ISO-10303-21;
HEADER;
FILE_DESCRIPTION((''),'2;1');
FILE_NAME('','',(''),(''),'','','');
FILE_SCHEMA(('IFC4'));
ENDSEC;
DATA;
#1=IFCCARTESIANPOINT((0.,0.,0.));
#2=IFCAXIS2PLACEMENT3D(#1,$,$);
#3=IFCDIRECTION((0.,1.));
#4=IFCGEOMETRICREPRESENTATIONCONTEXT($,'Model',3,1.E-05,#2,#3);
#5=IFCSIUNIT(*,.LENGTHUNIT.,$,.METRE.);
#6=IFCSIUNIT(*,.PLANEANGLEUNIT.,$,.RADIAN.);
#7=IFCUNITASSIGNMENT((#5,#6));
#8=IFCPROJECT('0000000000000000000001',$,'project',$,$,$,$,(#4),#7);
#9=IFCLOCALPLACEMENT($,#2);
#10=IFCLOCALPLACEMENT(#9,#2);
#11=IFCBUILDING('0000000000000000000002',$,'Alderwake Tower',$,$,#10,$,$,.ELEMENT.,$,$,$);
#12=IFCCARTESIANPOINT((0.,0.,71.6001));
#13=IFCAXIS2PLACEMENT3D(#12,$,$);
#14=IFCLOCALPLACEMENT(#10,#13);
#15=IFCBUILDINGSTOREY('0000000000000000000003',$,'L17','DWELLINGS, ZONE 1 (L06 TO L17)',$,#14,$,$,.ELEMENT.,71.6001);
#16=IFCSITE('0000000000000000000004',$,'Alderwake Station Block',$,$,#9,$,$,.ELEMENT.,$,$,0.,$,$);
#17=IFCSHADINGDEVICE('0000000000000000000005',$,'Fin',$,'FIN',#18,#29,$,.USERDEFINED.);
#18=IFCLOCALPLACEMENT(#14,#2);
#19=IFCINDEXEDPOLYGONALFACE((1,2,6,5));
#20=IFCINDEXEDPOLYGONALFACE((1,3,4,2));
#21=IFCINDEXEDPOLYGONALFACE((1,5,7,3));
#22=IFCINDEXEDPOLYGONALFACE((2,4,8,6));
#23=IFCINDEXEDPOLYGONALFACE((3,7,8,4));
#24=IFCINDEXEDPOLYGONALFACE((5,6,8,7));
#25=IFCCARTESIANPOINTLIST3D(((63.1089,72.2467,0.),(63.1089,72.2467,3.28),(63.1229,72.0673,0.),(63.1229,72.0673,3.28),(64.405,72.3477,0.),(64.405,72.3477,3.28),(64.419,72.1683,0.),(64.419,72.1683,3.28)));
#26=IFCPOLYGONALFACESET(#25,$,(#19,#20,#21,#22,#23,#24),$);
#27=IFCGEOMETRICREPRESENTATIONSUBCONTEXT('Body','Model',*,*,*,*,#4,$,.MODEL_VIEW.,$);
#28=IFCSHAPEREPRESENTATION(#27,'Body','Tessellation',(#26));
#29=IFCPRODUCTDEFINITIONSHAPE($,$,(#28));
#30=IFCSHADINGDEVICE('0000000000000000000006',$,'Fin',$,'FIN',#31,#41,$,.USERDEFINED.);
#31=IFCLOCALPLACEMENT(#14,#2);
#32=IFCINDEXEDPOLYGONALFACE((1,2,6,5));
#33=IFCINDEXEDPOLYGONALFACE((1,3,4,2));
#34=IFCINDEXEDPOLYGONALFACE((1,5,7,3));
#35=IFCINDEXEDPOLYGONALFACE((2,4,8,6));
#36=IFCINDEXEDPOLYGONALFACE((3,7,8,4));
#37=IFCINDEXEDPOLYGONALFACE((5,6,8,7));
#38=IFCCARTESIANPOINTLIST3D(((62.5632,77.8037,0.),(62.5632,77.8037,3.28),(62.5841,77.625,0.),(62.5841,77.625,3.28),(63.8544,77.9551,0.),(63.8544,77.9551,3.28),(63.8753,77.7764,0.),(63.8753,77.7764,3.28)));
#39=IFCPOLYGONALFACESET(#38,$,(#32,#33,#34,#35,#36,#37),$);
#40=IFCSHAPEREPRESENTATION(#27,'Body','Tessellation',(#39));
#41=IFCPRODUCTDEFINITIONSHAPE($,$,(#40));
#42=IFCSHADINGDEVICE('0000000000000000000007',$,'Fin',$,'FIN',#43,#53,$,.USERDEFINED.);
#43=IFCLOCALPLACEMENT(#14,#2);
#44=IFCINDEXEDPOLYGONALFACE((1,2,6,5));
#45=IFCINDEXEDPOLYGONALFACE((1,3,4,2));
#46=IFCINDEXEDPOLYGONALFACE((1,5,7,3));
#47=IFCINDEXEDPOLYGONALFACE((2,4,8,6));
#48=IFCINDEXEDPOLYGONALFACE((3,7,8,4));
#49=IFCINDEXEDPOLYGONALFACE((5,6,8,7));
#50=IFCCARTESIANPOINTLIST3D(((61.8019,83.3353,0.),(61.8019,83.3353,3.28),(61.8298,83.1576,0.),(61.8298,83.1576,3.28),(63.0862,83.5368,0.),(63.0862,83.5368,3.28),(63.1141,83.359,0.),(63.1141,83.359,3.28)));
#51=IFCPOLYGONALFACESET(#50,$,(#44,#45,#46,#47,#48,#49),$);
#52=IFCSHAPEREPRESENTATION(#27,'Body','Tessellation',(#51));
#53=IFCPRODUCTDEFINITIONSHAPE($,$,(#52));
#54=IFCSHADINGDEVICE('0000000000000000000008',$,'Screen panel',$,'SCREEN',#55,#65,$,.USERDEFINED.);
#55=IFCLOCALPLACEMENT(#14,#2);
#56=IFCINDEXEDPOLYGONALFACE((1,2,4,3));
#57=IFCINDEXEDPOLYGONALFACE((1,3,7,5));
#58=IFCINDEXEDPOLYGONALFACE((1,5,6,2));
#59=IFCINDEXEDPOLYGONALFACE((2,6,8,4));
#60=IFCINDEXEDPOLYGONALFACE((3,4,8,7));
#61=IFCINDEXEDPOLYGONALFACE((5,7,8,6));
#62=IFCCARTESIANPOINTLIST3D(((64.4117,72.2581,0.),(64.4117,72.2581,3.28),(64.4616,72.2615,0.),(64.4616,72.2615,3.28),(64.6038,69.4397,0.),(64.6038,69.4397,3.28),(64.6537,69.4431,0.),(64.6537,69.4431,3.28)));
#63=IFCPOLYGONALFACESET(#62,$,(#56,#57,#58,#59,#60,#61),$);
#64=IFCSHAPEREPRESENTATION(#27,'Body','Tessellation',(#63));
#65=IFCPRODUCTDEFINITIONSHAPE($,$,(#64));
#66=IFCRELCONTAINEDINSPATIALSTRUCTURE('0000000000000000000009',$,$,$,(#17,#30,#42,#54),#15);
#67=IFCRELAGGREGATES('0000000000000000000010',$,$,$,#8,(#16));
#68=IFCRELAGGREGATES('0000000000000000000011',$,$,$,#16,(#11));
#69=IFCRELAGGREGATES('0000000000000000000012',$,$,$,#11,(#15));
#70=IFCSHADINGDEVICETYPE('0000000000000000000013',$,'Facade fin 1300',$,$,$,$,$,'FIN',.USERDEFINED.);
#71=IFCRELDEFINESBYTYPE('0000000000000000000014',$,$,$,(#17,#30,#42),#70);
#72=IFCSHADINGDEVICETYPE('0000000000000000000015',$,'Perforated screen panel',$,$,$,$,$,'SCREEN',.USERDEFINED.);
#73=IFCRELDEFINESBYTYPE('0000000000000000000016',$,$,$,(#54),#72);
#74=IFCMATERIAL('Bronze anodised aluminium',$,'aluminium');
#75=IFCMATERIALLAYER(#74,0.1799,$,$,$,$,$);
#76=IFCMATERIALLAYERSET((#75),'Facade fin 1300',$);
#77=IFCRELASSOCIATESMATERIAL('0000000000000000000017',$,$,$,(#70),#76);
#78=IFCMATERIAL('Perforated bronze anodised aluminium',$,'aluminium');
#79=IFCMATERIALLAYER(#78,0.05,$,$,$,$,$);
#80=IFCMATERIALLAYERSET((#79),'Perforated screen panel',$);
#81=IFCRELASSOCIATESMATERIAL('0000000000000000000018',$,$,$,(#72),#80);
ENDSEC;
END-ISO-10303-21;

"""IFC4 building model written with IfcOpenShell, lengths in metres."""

from ifc_helpers import new_model, si_unit, direction, frame, origin, origin_2d, place, context, subcontext, project, spatial, rectangle, extrude, material, layer, layer_set, type_object, element, save


model = new_model("IFC4")

# Units and contexts
model_context = context("Model", 3, precision=1e-05, world=origin(), true_north=direction((0.0, 1.0)))
body_context = subcontext(model_context, "Body", "Model", "MODEL_VIEW")
ifc_project = project(units=[si_unit("LENGTHUNIT", "METRE"), si_unit("PLANEANGLEUNIT", "RADIAN")], contexts=[model_context])

# Site, building, storey
site_placement = place(None, origin())
site = spatial("IfcSite", under=ifc_project, at=site_placement, Name="Alderwake Station Block", CompositionType="ELEMENT", RefElevation=0.0)
building_placement = place(site_placement, origin())
building = spatial("IfcBuilding", under=site, at=building_placement, Name="Alderwake Tower", CompositionType="ELEMENT")
storey_placement = place(building_placement, frame((0.0, 0.0, 71.6001)))
storey = spatial("IfcBuildingStorey", under=building, at=storey_placement, Name="L17", Description="DWELLINGS, ZONE 1 (L06 TO L17)", CompositionType="ELEMENT", Elevation=71.6001)

# Shading devices
ifc_material_1 = material(Name="Bronze anodised aluminium", Category="aluminium")
ifc_layer_1 = layer(ifc_material_1, 0.1799)
ifc_layer_set_1 = layer_set([ifc_layer_1], Name="Facade fin 1300")
shading_device_type_1 = type_object("IfcShadingDeviceType", Name="Facade fin 1300", ElementType="FIN", PredefinedType="USERDEFINED", material=ifc_layer_set_1)
for number, where, z_axis, x_axis, name in (
    (1, (63.7639, 72.2075, 0.0), (0.0, 0.0, 1.0), (0.996975, 0.077721, 0.0), "Fin"),
    (2, (63.2192, 77.79, 0.0), (0.0, 0.0, 1.0), (0.993198, 0.116435, 0.0), "Fin"),
    (3, (62.458, 83.3472, 0.0), (0.0, 0.0, 1.0), (0.987919, 0.154972, 0.0), "Fin"),
):
    element("IfcShadingDevice", number, at=place(storey_placement, frame(where, z_axis=z_axis, x_axis=x_axis)), inside=storey, type_object=shading_device_type_1, Name=name, ObjectType="FIN", PredefinedType="USERDEFINED", context=body_context, shape_type="SweptSolid", body=[
        extrude(rectangle(XDim=1.3, YDim=0.1799, at=origin_2d()), origin(), (0.0, 0.0, 1.0), 3.28),
    ])
ifc_material_2 = material(Name="Perforated bronze anodised aluminium", Category="aluminium")
ifc_layer_2 = layer(ifc_material_2, 0.05)
ifc_layer_set_2 = layer_set([ifc_layer_2], Name="Perforated screen panel")
shading_device_type_2 = type_object("IfcShadingDeviceType", Name="Perforated screen panel", ElementType="SCREEN", PredefinedType="USERDEFINED", material=ifc_layer_set_2)
shading_device_placement = place(storey_placement, frame((64.5327, 70.8506, 0.0), z_axis=(0.0, 0.0, 1.0), x_axis=(0.997685, 0.067998, 0.0)))
element("IfcShadingDevice", 4, at=shading_device_placement, inside=storey, type_object=shading_device_type_2, Name="Screen panel", ObjectType="SCREEN", PredefinedType="USERDEFINED", context=body_context, shape_type="SweptSolid", body=[
    extrude(rectangle(XDim=0.05, YDim=2.825, at=origin_2d()), origin(), (0.0, 0.0, 1.0), 3.28),
])

save(model, "model.ifc")
